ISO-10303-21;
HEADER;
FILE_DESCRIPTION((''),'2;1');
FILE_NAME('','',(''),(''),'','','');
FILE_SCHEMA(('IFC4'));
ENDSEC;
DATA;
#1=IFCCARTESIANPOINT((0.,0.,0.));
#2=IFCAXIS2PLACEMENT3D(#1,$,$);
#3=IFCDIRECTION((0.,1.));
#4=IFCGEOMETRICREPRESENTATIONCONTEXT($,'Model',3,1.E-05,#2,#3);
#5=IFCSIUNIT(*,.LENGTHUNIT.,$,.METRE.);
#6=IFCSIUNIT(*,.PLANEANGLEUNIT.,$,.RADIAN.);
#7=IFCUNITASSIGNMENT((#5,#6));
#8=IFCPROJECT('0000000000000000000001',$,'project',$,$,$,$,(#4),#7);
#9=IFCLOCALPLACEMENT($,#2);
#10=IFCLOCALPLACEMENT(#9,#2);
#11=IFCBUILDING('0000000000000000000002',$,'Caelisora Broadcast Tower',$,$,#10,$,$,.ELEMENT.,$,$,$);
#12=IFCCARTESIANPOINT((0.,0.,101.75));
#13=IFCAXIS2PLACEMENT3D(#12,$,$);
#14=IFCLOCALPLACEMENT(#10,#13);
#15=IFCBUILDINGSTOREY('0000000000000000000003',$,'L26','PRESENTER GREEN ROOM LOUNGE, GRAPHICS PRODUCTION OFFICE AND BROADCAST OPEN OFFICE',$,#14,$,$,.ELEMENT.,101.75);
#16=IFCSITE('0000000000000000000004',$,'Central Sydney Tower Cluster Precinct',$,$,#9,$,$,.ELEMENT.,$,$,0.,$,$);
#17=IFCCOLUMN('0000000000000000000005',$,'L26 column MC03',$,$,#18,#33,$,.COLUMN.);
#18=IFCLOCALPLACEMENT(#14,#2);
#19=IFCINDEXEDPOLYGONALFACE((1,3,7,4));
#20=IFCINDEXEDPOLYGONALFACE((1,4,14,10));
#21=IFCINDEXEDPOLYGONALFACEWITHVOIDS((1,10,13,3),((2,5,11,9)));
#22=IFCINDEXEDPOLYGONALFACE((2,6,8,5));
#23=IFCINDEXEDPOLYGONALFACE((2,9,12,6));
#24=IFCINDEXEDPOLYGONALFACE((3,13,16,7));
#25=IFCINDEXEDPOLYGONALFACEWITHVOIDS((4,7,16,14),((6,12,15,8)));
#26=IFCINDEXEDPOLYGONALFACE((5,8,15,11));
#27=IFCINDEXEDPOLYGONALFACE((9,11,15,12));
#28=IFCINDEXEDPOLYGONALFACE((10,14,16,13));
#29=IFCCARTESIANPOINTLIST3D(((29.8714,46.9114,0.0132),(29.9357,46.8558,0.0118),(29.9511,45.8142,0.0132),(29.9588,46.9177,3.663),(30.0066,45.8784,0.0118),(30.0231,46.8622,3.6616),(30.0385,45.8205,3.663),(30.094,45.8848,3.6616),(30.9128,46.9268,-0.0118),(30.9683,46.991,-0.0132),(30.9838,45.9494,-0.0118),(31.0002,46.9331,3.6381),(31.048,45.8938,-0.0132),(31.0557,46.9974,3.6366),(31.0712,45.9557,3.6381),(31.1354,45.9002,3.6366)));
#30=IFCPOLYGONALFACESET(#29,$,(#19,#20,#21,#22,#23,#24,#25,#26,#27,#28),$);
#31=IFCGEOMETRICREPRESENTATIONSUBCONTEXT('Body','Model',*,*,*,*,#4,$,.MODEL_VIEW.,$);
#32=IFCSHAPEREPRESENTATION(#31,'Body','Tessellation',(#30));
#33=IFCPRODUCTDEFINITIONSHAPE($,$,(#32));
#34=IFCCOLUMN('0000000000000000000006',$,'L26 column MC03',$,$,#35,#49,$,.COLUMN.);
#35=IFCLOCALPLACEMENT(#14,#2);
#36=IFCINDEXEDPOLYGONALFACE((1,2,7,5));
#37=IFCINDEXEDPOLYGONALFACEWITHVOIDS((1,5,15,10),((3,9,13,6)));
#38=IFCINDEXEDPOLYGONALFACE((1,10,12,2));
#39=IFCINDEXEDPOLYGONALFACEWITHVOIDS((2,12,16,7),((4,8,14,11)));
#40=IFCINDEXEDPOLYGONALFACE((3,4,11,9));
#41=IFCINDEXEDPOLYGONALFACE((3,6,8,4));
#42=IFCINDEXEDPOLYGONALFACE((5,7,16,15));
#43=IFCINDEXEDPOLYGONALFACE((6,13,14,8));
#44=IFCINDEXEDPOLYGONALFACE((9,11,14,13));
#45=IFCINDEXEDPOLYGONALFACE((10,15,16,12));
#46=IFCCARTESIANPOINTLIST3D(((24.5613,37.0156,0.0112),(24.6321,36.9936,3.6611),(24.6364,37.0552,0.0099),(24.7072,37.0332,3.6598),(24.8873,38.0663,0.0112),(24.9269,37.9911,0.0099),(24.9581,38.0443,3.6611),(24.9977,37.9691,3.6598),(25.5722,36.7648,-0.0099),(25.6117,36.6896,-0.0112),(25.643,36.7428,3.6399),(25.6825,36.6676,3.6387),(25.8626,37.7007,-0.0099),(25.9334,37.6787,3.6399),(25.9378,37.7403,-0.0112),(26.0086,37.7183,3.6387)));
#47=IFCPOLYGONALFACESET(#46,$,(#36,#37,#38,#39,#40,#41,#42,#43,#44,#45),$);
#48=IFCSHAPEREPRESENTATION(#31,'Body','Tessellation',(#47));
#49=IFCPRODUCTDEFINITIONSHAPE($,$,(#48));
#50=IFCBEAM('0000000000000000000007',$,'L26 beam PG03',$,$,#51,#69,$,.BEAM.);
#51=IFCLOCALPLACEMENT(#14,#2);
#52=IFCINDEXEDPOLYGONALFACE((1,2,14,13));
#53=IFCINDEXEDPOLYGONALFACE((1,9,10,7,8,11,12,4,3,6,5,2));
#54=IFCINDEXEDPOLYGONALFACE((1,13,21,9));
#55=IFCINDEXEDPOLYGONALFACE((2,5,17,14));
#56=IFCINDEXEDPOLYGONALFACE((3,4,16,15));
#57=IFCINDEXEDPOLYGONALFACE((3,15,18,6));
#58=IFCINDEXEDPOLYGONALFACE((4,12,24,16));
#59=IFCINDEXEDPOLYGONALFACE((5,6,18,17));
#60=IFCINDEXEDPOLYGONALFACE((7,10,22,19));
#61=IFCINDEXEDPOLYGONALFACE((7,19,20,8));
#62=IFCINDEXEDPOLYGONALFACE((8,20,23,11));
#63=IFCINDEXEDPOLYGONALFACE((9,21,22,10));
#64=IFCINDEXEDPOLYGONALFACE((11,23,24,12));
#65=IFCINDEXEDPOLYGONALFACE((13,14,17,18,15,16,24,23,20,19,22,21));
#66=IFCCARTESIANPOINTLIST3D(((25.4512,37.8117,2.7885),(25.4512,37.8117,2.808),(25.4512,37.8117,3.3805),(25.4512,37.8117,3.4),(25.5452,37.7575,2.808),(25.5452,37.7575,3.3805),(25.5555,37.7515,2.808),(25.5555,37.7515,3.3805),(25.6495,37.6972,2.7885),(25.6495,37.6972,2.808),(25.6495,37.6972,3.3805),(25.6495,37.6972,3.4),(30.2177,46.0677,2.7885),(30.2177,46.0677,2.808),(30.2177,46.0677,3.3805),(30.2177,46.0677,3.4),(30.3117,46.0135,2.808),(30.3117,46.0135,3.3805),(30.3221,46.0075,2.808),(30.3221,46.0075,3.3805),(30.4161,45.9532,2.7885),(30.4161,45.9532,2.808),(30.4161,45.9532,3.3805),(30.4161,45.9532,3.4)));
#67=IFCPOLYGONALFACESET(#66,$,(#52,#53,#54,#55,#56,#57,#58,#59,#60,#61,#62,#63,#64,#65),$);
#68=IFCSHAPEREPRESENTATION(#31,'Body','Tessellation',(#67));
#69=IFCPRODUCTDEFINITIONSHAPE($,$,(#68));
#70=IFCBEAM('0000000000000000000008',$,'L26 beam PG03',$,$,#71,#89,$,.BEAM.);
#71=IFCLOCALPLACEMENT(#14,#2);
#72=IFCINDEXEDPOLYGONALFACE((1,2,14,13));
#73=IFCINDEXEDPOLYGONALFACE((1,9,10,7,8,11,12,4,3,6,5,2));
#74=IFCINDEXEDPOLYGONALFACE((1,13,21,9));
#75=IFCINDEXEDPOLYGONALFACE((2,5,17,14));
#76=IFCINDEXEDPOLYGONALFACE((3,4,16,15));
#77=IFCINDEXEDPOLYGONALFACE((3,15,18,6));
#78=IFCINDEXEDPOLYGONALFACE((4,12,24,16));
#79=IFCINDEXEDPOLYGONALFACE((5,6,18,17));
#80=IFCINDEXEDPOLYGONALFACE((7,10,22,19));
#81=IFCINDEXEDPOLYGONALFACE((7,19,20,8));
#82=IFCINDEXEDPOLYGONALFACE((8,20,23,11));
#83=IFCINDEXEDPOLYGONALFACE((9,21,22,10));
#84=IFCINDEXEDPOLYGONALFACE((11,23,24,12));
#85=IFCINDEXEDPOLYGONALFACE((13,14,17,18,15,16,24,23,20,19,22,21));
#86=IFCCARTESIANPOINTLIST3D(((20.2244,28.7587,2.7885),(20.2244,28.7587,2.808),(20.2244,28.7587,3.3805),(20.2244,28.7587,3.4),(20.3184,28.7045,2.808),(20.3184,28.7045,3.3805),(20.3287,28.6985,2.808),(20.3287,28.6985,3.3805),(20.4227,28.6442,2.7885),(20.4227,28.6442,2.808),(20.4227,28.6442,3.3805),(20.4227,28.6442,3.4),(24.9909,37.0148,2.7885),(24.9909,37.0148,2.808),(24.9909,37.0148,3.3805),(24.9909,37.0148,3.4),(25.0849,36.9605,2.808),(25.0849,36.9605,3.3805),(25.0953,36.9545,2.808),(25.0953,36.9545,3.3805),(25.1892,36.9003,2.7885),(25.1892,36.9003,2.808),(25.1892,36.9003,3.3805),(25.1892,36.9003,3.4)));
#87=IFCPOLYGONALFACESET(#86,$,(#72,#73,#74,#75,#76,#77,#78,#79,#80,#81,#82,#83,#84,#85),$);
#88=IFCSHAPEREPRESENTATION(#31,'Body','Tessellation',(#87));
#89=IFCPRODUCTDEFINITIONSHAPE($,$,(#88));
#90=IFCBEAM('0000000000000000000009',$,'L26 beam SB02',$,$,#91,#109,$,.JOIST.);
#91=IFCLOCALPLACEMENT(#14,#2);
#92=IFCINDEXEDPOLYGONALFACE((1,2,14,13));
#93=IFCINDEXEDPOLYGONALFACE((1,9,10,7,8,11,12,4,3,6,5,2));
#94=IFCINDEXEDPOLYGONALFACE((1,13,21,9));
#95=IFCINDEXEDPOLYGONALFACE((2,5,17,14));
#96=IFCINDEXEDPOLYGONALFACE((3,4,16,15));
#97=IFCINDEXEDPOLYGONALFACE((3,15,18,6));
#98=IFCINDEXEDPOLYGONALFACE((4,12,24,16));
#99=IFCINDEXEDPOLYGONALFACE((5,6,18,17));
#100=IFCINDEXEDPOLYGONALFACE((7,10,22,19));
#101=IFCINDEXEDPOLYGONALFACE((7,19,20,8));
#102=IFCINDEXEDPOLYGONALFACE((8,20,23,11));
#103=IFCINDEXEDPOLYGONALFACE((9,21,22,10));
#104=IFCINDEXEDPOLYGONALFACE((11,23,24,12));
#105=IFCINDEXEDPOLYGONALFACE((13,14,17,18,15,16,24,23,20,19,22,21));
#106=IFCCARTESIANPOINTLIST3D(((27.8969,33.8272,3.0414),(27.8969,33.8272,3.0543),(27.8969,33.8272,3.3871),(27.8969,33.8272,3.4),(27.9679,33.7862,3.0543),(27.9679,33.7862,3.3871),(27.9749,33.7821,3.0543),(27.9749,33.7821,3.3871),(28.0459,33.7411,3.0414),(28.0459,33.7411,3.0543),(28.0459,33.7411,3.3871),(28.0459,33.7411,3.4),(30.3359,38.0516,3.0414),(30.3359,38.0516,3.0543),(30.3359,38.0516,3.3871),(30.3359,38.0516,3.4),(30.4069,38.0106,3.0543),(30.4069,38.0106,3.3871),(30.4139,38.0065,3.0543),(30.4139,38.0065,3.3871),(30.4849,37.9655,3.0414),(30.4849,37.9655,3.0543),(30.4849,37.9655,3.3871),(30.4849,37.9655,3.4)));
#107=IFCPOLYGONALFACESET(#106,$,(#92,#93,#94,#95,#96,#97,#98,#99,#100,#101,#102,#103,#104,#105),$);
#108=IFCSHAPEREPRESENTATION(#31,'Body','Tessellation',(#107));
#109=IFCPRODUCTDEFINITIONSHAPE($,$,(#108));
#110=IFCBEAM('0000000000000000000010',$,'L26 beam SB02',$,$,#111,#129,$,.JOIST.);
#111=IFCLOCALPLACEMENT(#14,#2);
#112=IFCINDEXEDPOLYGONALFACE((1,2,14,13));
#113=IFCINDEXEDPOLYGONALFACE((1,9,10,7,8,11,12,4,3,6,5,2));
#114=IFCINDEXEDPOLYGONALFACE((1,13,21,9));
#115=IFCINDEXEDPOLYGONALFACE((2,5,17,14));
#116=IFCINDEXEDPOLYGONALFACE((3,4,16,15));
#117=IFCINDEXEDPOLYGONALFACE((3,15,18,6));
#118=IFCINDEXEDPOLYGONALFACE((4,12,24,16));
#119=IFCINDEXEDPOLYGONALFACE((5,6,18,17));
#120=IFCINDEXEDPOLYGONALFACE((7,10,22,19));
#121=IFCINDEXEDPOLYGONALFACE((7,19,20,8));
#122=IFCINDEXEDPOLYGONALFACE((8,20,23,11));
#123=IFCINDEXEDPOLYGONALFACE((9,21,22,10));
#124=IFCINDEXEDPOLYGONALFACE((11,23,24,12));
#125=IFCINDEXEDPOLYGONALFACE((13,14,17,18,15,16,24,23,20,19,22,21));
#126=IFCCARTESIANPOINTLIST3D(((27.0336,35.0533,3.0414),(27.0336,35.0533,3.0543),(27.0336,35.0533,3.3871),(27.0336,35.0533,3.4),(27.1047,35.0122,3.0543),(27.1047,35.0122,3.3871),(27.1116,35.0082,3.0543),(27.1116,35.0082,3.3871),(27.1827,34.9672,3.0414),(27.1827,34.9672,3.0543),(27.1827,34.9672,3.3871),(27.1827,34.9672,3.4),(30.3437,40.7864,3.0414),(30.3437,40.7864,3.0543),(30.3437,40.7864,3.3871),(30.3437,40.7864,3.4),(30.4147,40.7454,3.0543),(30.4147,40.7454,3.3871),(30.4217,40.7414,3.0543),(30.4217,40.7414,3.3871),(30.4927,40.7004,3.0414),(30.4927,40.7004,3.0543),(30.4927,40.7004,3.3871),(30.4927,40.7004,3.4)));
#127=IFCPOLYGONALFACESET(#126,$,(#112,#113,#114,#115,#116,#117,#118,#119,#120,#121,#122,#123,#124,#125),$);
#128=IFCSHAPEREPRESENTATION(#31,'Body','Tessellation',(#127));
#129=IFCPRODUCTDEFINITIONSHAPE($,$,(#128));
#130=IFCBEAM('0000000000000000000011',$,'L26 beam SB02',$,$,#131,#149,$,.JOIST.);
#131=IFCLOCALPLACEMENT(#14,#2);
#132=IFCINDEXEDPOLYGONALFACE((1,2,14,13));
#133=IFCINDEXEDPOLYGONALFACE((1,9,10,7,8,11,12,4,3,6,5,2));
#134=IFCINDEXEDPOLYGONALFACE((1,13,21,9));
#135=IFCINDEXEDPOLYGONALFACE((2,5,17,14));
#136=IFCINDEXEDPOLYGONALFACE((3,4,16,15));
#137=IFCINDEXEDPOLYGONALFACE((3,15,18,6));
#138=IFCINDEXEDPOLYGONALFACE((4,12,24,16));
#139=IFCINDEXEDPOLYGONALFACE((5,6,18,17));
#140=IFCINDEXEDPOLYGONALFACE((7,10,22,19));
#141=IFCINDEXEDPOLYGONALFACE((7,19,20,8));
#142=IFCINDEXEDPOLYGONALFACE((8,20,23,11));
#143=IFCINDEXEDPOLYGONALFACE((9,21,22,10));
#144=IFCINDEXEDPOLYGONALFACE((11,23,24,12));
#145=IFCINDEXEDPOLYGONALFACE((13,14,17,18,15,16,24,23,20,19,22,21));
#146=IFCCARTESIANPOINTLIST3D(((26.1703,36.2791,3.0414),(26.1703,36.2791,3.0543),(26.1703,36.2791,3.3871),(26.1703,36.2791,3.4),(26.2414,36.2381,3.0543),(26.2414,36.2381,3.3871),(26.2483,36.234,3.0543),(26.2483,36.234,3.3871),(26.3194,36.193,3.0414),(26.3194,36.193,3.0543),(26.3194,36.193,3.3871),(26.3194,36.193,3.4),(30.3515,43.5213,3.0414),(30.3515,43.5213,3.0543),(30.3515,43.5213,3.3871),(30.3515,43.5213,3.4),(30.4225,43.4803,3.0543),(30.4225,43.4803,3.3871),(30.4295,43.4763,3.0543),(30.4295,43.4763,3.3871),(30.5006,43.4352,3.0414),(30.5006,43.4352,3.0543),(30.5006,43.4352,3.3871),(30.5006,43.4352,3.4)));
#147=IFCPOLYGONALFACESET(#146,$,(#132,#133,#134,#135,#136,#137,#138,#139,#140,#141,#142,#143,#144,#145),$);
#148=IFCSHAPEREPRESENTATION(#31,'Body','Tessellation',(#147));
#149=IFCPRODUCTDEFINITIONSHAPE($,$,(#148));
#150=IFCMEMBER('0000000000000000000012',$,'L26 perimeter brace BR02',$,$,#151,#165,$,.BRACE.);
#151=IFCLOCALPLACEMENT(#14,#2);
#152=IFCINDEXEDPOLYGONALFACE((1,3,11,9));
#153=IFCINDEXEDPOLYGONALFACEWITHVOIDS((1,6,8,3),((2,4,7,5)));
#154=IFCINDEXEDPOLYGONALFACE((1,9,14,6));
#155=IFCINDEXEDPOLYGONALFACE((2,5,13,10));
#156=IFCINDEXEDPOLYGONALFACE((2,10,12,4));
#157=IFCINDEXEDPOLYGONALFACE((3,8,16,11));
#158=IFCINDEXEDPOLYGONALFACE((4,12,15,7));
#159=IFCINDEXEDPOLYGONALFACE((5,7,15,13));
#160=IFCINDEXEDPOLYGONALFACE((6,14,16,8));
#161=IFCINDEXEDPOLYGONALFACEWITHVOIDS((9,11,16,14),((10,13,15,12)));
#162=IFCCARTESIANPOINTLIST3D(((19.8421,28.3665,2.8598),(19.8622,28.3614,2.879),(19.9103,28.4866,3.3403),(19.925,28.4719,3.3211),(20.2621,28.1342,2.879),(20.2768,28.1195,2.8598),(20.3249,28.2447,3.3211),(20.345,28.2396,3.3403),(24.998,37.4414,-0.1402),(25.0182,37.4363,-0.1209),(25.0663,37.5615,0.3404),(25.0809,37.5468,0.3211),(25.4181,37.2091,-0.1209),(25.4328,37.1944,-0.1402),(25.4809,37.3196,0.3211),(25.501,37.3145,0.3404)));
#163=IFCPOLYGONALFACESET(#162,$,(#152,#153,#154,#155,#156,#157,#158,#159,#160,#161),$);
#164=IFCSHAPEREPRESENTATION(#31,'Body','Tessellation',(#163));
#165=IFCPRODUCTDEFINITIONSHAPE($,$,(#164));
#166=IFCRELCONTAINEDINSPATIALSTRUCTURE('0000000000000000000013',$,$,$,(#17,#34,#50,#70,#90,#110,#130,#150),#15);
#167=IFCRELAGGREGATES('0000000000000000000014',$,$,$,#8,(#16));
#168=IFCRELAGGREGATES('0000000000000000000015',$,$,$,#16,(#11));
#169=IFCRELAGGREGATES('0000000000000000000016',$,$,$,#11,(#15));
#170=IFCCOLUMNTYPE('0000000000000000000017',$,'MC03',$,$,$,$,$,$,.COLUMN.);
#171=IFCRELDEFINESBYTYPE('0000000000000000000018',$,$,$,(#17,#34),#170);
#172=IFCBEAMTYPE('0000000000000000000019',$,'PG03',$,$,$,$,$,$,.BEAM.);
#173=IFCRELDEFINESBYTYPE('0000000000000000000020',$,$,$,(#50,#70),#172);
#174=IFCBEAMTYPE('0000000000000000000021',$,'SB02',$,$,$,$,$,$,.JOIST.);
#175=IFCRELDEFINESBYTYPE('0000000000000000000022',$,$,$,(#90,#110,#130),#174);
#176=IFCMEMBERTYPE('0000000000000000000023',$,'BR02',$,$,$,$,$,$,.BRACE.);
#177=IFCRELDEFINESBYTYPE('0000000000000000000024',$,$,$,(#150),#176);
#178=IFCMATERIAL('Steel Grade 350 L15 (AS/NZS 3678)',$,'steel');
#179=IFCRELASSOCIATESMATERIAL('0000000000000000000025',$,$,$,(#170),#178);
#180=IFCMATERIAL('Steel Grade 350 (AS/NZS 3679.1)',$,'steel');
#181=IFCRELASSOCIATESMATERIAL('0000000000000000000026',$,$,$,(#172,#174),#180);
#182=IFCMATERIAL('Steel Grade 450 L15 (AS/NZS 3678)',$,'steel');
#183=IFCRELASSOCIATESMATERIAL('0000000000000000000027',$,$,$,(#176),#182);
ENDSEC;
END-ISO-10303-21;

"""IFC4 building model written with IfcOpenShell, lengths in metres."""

from ifc_helpers import new_model, si_unit, direction, frame, origin, origin_2d, place, context, subcontext, project, spatial, hollow_rectangle, i_section, extrude, source, transform, mapped, material, material_profile, profile_set, type_object, type_shapes, element, save


model = new_model("IFC4")

# Units and contexts
model_context = context("Model", 3, precision=1e-05, world=origin(), true_north=direction((0.0, 1.0)))
body_context = subcontext(model_context, "Body", "Model", "MODEL_VIEW")
ifc_project = project(units=[si_unit("LENGTHUNIT", "METRE"), si_unit("PLANEANGLEUNIT", "RADIAN")], contexts=[model_context])

# Site, building, storey
site_placement = place(None, origin())
site = spatial("IfcSite", under=ifc_project, at=site_placement, Name="Central Sydney Tower Cluster Precinct", CompositionType="ELEMENT", RefElevation=0.0)
building_placement = place(site_placement, origin())
building = spatial("IfcBuilding", under=site, at=building_placement, Name="Caelisora Broadcast Tower", CompositionType="ELEMENT")
storey_placement = place(building_placement, frame((0.0, 0.0, 101.75)))
storey = spatial("IfcBuildingStorey", under=building, at=storey_placement, Name="L26", Description="PRESENTER GREEN ROOM LOUNGE, GRAPHICS PRODUCTION OFFICE AND BROADCAST OPEN OFFICE", CompositionType="ELEMENT", Elevation=101.75)

# Columns
ifc_material_1 = material(Name="Steel Grade 350 L15 (AS/NZS 3678)", Category="steel")
ifc_material_profile_1 = material_profile(ifc_material_1, hollow_rectangle(XDim=1.1001, YDim=1.1001, WallThickness=0.0601, at=origin_2d()), Name="Steel Grade 350 L15 (AS/NZS 3678)")
ifc_profile_set_1 = profile_set([ifc_material_profile_1], Name="Steel Grade 350 L15 (AS/NZS 3678)")
column_type = type_object("IfcColumnType", Name="MC03", PredefinedType="COLUMN", material=ifc_profile_set_1)
shared_shape_1 = source(origin(), body_context, "Body", "SweptSolid", [
    extrude(hollow_rectangle(XDim=1.1001, YDim=1.1001, WallThickness=0.0601, at=origin_2d()), origin(), (0.0, 0.0, 1.0), 3.6509),
])
column_1_placement = place(storey_placement, frame((30.4597, 46.4026, 0.0), z_axis=(0.02394, 0.001739, 0.999712), x_axis=(-0.072435, 0.997373, 0.0)))
element("IfcColumn", 1, at=column_1_placement, inside=storey, type_object=column_type, Name="L26 column MC03", PredefinedType="COLUMN", context=body_context, shape_type="MappedRepresentation", body=[
    mapped(shared_shape_1, transform((0.0, 0.0, 0.0), scale=1.0)),
])
shared_shape_2 = source(origin(), body_context, "Body", "SweptSolid", [
    extrude(hollow_rectangle(XDim=1.1001, YDim=1.1001, WallThickness=0.0601, at=origin_2d()), origin(), (0.0, 0.0, 1.0), 3.6506),
])
type_shapes(column_type, [shared_shape_1, shared_shape_2])
column_2_placement = place(storey_placement, frame((25.2495, 37.3779, 0.0), z_axis=(0.019394, -0.006019, 0.999794), x_axis=(0.296399, 0.955064, 0.0)))
element("IfcColumn", 2, at=column_2_placement, inside=storey, type_object=column_type, Name="L26 column MC03", PredefinedType="COLUMN", context=body_context, shape_type="MappedRepresentation", body=[
    mapped(shared_shape_2, transform((0.0, 0.0, 0.0), scale=1.0)),
])

# Beams
ifc_material_2 = material(Name="Steel Grade 350 (AS/NZS 3679.1)", Category="steel")
ifc_material_profile_2 = material_profile(ifc_material_2, i_section(OverallWidth=0.229, OverallDepth=0.6116, WebThickness=0.012, FlangeThickness=0.0195, at=origin_2d()), Name="Steel Grade 350 (AS/NZS 3679.1)")
ifc_profile_set_2 = profile_set([ifc_material_profile_2], Name="Steel Grade 350 (AS/NZS 3679.1)")
beam_type_1 = type_object("IfcBeamType", Name="PG03", PredefinedType="BEAM", material=ifc_profile_set_2)
shared_shape_3 = source(origin(), body_context, "Body", "SweptSolid", [
    extrude(i_section(OverallWidth=0.229, OverallDepth=0.6116, WebThickness=0.012, FlangeThickness=0.0195, at=origin_2d()), origin(), (0.0, 0.0, 1.0), 9.5332),
])
type_shapes(beam_type_1, [shared_shape_3])
for number, where, z_axis, x_axis, name in (
    (3, (30.3169, 46.0105, 3.0942), (-0.499995, -0.866028, 0.0), (0.866028, -0.499995, 0.0), "L26 beam PG03"),
    (4, (25.0901, 36.9575, 3.0942), (-0.499995, -0.866028, 0.0), (0.866028, -0.499995, 0.0), "L26 beam PG03"),
):
    element("IfcBeam", number, at=place(storey_placement, frame(where, z_axis=z_axis, x_axis=x_axis)), inside=storey, type_object=beam_type_1, Name=name, PredefinedType="BEAM", context=body_context, shape_type="MappedRepresentation", body=[
        mapped(shared_shape_3, transform((0.0, 0.0, 0.0), scale=1.0)),
    ])
ifc_material_profile_3 = material_profile(ifc_material_2, i_section(OverallWidth=0.1721, OverallDepth=0.3586, WebThickness=0.0081, FlangeThickness=0.0129, at=origin_2d()), Name="Steel Grade 350 (AS/NZS 3679.1)")
ifc_profile_set_3 = profile_set([ifc_material_profile_3], Name="Steel Grade 350 (AS/NZS 3679.1)")
beam_type_2 = type_object("IfcBeamType", Name="SB02", PredefinedType="JOIST", material=ifc_profile_set_3)
shared_shape_4 = source(origin(), body_context, "Body", "SweptSolid", [
    extrude(i_section(OverallWidth=0.1721, OverallDepth=0.3586, WebThickness=0.0081, FlangeThickness=0.0129, at=origin_2d()), origin(), (0.0, 0.0, 1.0), 4.8779),
])
beam_1_placement = place(storey_placement, frame((30.4104, 38.0085, 3.2207), z_axis=(-0.500004, -0.866023, 0.0), x_axis=(0.866023, -0.500004, 0.0)))
element("IfcBeam", 5, at=beam_1_placement, inside=storey, type_object=beam_type_2, Name="L26 beam SB02", PredefinedType="JOIST", context=body_context, shape_type="MappedRepresentation", body=[
    mapped(shared_shape_4, transform((0.0, 0.0, 0.0), scale=1.0)),
])
shared_shape_5 = source(origin(), body_context, "Body", "SweptSolid", [
    extrude(i_section(OverallWidth=0.1721, OverallDepth=0.3586, WebThickness=0.0081, FlangeThickness=0.0129, at=origin_2d()), origin(), (0.0, 0.0, 1.0), 6.6201),
])
beam_2_placement = place(storey_placement, frame((30.4182, 40.7434, 3.2207), z_axis=(-0.500002, -0.866024, 0.0), x_axis=(0.866024, -0.500002, 0.0)))
element("IfcBeam", 6, at=beam_2_placement, inside=storey, type_object=beam_type_2, Name="L26 beam SB02", PredefinedType="JOIST", context=body_context, shape_type="MappedRepresentation", body=[
    mapped(shared_shape_5, transform((0.0, 0.0, 0.0), scale=1.0)),
])
shared_shape_6 = source(origin(), body_context, "Body", "SweptSolid", [
    extrude(i_section(OverallWidth=0.1721, OverallDepth=0.3586, WebThickness=0.0081, FlangeThickness=0.0129, at=origin_2d()), origin(), (0.0, 0.0, 1.0), 8.3625),
])
type_shapes(beam_type_2, [shared_shape_4, shared_shape_5, shared_shape_6])
beam_3_placement = place(storey_placement, frame((30.426, 43.4783, 3.2207), z_axis=(-0.499989, -0.866032, 0.0), x_axis=(0.866032, -0.499989, 0.0)))
element("IfcBeam", 7, at=beam_3_placement, inside=storey, type_object=beam_type_2, Name="L26 beam SB02", PredefinedType="JOIST", context=body_context, shape_type="MappedRepresentation", body=[
    mapped(shared_shape_6, transform((0.0, 0.0, 0.0), scale=1.0)),
])

# Member
ifc_material_3 = material(Name="Steel Grade 450 L15 (AS/NZS 3678)", Category="steel")
ifc_material_profile_4 = material_profile(ifc_material_3, hollow_rectangle(XDim=0.5, YDim=0.5, WallThickness=0.02, at=origin_2d()), Name="Steel Grade 450 L15 (AS/NZS 3678)")
ifc_profile_set_4 = profile_set([ifc_material_profile_4], Name="Steel Grade 450 L15 (AS/NZS 3678)")
member_type_1 = type_object("IfcMemberType", Name="BR02", PredefinedType="BRACE", material=ifc_profile_set_4)
shared_shape_7 = source(origin(), body_context, "Body", "SweptSolid", [
    extrude(hollow_rectangle(XDim=0.5, YDim=0.5, WallThickness=0.02, at=origin_2d()), origin(), (0.0, 0.0, 1.0), 10.8599),
])
type_shapes(member_type_1, [shared_shape_7])
member_1_placement = place(storey_placement, frame((25.2495, 37.3779, 0.1001), z_axis=(-0.474771, -0.835633, 0.276244), x_axis=(0.869465, -0.493994, 0.0)))
element("IfcMember", 8, at=member_1_placement, inside=storey, type_object=member_type_1, Name="L26 perimeter brace BR02", PredefinedType="BRACE", context=body_context, shape_type="MappedRepresentation", body=[
    mapped(shared_shape_7, transform((0.0, 0.0, 0.0), scale=1.0)),
])

save(model, "model.ifc")
